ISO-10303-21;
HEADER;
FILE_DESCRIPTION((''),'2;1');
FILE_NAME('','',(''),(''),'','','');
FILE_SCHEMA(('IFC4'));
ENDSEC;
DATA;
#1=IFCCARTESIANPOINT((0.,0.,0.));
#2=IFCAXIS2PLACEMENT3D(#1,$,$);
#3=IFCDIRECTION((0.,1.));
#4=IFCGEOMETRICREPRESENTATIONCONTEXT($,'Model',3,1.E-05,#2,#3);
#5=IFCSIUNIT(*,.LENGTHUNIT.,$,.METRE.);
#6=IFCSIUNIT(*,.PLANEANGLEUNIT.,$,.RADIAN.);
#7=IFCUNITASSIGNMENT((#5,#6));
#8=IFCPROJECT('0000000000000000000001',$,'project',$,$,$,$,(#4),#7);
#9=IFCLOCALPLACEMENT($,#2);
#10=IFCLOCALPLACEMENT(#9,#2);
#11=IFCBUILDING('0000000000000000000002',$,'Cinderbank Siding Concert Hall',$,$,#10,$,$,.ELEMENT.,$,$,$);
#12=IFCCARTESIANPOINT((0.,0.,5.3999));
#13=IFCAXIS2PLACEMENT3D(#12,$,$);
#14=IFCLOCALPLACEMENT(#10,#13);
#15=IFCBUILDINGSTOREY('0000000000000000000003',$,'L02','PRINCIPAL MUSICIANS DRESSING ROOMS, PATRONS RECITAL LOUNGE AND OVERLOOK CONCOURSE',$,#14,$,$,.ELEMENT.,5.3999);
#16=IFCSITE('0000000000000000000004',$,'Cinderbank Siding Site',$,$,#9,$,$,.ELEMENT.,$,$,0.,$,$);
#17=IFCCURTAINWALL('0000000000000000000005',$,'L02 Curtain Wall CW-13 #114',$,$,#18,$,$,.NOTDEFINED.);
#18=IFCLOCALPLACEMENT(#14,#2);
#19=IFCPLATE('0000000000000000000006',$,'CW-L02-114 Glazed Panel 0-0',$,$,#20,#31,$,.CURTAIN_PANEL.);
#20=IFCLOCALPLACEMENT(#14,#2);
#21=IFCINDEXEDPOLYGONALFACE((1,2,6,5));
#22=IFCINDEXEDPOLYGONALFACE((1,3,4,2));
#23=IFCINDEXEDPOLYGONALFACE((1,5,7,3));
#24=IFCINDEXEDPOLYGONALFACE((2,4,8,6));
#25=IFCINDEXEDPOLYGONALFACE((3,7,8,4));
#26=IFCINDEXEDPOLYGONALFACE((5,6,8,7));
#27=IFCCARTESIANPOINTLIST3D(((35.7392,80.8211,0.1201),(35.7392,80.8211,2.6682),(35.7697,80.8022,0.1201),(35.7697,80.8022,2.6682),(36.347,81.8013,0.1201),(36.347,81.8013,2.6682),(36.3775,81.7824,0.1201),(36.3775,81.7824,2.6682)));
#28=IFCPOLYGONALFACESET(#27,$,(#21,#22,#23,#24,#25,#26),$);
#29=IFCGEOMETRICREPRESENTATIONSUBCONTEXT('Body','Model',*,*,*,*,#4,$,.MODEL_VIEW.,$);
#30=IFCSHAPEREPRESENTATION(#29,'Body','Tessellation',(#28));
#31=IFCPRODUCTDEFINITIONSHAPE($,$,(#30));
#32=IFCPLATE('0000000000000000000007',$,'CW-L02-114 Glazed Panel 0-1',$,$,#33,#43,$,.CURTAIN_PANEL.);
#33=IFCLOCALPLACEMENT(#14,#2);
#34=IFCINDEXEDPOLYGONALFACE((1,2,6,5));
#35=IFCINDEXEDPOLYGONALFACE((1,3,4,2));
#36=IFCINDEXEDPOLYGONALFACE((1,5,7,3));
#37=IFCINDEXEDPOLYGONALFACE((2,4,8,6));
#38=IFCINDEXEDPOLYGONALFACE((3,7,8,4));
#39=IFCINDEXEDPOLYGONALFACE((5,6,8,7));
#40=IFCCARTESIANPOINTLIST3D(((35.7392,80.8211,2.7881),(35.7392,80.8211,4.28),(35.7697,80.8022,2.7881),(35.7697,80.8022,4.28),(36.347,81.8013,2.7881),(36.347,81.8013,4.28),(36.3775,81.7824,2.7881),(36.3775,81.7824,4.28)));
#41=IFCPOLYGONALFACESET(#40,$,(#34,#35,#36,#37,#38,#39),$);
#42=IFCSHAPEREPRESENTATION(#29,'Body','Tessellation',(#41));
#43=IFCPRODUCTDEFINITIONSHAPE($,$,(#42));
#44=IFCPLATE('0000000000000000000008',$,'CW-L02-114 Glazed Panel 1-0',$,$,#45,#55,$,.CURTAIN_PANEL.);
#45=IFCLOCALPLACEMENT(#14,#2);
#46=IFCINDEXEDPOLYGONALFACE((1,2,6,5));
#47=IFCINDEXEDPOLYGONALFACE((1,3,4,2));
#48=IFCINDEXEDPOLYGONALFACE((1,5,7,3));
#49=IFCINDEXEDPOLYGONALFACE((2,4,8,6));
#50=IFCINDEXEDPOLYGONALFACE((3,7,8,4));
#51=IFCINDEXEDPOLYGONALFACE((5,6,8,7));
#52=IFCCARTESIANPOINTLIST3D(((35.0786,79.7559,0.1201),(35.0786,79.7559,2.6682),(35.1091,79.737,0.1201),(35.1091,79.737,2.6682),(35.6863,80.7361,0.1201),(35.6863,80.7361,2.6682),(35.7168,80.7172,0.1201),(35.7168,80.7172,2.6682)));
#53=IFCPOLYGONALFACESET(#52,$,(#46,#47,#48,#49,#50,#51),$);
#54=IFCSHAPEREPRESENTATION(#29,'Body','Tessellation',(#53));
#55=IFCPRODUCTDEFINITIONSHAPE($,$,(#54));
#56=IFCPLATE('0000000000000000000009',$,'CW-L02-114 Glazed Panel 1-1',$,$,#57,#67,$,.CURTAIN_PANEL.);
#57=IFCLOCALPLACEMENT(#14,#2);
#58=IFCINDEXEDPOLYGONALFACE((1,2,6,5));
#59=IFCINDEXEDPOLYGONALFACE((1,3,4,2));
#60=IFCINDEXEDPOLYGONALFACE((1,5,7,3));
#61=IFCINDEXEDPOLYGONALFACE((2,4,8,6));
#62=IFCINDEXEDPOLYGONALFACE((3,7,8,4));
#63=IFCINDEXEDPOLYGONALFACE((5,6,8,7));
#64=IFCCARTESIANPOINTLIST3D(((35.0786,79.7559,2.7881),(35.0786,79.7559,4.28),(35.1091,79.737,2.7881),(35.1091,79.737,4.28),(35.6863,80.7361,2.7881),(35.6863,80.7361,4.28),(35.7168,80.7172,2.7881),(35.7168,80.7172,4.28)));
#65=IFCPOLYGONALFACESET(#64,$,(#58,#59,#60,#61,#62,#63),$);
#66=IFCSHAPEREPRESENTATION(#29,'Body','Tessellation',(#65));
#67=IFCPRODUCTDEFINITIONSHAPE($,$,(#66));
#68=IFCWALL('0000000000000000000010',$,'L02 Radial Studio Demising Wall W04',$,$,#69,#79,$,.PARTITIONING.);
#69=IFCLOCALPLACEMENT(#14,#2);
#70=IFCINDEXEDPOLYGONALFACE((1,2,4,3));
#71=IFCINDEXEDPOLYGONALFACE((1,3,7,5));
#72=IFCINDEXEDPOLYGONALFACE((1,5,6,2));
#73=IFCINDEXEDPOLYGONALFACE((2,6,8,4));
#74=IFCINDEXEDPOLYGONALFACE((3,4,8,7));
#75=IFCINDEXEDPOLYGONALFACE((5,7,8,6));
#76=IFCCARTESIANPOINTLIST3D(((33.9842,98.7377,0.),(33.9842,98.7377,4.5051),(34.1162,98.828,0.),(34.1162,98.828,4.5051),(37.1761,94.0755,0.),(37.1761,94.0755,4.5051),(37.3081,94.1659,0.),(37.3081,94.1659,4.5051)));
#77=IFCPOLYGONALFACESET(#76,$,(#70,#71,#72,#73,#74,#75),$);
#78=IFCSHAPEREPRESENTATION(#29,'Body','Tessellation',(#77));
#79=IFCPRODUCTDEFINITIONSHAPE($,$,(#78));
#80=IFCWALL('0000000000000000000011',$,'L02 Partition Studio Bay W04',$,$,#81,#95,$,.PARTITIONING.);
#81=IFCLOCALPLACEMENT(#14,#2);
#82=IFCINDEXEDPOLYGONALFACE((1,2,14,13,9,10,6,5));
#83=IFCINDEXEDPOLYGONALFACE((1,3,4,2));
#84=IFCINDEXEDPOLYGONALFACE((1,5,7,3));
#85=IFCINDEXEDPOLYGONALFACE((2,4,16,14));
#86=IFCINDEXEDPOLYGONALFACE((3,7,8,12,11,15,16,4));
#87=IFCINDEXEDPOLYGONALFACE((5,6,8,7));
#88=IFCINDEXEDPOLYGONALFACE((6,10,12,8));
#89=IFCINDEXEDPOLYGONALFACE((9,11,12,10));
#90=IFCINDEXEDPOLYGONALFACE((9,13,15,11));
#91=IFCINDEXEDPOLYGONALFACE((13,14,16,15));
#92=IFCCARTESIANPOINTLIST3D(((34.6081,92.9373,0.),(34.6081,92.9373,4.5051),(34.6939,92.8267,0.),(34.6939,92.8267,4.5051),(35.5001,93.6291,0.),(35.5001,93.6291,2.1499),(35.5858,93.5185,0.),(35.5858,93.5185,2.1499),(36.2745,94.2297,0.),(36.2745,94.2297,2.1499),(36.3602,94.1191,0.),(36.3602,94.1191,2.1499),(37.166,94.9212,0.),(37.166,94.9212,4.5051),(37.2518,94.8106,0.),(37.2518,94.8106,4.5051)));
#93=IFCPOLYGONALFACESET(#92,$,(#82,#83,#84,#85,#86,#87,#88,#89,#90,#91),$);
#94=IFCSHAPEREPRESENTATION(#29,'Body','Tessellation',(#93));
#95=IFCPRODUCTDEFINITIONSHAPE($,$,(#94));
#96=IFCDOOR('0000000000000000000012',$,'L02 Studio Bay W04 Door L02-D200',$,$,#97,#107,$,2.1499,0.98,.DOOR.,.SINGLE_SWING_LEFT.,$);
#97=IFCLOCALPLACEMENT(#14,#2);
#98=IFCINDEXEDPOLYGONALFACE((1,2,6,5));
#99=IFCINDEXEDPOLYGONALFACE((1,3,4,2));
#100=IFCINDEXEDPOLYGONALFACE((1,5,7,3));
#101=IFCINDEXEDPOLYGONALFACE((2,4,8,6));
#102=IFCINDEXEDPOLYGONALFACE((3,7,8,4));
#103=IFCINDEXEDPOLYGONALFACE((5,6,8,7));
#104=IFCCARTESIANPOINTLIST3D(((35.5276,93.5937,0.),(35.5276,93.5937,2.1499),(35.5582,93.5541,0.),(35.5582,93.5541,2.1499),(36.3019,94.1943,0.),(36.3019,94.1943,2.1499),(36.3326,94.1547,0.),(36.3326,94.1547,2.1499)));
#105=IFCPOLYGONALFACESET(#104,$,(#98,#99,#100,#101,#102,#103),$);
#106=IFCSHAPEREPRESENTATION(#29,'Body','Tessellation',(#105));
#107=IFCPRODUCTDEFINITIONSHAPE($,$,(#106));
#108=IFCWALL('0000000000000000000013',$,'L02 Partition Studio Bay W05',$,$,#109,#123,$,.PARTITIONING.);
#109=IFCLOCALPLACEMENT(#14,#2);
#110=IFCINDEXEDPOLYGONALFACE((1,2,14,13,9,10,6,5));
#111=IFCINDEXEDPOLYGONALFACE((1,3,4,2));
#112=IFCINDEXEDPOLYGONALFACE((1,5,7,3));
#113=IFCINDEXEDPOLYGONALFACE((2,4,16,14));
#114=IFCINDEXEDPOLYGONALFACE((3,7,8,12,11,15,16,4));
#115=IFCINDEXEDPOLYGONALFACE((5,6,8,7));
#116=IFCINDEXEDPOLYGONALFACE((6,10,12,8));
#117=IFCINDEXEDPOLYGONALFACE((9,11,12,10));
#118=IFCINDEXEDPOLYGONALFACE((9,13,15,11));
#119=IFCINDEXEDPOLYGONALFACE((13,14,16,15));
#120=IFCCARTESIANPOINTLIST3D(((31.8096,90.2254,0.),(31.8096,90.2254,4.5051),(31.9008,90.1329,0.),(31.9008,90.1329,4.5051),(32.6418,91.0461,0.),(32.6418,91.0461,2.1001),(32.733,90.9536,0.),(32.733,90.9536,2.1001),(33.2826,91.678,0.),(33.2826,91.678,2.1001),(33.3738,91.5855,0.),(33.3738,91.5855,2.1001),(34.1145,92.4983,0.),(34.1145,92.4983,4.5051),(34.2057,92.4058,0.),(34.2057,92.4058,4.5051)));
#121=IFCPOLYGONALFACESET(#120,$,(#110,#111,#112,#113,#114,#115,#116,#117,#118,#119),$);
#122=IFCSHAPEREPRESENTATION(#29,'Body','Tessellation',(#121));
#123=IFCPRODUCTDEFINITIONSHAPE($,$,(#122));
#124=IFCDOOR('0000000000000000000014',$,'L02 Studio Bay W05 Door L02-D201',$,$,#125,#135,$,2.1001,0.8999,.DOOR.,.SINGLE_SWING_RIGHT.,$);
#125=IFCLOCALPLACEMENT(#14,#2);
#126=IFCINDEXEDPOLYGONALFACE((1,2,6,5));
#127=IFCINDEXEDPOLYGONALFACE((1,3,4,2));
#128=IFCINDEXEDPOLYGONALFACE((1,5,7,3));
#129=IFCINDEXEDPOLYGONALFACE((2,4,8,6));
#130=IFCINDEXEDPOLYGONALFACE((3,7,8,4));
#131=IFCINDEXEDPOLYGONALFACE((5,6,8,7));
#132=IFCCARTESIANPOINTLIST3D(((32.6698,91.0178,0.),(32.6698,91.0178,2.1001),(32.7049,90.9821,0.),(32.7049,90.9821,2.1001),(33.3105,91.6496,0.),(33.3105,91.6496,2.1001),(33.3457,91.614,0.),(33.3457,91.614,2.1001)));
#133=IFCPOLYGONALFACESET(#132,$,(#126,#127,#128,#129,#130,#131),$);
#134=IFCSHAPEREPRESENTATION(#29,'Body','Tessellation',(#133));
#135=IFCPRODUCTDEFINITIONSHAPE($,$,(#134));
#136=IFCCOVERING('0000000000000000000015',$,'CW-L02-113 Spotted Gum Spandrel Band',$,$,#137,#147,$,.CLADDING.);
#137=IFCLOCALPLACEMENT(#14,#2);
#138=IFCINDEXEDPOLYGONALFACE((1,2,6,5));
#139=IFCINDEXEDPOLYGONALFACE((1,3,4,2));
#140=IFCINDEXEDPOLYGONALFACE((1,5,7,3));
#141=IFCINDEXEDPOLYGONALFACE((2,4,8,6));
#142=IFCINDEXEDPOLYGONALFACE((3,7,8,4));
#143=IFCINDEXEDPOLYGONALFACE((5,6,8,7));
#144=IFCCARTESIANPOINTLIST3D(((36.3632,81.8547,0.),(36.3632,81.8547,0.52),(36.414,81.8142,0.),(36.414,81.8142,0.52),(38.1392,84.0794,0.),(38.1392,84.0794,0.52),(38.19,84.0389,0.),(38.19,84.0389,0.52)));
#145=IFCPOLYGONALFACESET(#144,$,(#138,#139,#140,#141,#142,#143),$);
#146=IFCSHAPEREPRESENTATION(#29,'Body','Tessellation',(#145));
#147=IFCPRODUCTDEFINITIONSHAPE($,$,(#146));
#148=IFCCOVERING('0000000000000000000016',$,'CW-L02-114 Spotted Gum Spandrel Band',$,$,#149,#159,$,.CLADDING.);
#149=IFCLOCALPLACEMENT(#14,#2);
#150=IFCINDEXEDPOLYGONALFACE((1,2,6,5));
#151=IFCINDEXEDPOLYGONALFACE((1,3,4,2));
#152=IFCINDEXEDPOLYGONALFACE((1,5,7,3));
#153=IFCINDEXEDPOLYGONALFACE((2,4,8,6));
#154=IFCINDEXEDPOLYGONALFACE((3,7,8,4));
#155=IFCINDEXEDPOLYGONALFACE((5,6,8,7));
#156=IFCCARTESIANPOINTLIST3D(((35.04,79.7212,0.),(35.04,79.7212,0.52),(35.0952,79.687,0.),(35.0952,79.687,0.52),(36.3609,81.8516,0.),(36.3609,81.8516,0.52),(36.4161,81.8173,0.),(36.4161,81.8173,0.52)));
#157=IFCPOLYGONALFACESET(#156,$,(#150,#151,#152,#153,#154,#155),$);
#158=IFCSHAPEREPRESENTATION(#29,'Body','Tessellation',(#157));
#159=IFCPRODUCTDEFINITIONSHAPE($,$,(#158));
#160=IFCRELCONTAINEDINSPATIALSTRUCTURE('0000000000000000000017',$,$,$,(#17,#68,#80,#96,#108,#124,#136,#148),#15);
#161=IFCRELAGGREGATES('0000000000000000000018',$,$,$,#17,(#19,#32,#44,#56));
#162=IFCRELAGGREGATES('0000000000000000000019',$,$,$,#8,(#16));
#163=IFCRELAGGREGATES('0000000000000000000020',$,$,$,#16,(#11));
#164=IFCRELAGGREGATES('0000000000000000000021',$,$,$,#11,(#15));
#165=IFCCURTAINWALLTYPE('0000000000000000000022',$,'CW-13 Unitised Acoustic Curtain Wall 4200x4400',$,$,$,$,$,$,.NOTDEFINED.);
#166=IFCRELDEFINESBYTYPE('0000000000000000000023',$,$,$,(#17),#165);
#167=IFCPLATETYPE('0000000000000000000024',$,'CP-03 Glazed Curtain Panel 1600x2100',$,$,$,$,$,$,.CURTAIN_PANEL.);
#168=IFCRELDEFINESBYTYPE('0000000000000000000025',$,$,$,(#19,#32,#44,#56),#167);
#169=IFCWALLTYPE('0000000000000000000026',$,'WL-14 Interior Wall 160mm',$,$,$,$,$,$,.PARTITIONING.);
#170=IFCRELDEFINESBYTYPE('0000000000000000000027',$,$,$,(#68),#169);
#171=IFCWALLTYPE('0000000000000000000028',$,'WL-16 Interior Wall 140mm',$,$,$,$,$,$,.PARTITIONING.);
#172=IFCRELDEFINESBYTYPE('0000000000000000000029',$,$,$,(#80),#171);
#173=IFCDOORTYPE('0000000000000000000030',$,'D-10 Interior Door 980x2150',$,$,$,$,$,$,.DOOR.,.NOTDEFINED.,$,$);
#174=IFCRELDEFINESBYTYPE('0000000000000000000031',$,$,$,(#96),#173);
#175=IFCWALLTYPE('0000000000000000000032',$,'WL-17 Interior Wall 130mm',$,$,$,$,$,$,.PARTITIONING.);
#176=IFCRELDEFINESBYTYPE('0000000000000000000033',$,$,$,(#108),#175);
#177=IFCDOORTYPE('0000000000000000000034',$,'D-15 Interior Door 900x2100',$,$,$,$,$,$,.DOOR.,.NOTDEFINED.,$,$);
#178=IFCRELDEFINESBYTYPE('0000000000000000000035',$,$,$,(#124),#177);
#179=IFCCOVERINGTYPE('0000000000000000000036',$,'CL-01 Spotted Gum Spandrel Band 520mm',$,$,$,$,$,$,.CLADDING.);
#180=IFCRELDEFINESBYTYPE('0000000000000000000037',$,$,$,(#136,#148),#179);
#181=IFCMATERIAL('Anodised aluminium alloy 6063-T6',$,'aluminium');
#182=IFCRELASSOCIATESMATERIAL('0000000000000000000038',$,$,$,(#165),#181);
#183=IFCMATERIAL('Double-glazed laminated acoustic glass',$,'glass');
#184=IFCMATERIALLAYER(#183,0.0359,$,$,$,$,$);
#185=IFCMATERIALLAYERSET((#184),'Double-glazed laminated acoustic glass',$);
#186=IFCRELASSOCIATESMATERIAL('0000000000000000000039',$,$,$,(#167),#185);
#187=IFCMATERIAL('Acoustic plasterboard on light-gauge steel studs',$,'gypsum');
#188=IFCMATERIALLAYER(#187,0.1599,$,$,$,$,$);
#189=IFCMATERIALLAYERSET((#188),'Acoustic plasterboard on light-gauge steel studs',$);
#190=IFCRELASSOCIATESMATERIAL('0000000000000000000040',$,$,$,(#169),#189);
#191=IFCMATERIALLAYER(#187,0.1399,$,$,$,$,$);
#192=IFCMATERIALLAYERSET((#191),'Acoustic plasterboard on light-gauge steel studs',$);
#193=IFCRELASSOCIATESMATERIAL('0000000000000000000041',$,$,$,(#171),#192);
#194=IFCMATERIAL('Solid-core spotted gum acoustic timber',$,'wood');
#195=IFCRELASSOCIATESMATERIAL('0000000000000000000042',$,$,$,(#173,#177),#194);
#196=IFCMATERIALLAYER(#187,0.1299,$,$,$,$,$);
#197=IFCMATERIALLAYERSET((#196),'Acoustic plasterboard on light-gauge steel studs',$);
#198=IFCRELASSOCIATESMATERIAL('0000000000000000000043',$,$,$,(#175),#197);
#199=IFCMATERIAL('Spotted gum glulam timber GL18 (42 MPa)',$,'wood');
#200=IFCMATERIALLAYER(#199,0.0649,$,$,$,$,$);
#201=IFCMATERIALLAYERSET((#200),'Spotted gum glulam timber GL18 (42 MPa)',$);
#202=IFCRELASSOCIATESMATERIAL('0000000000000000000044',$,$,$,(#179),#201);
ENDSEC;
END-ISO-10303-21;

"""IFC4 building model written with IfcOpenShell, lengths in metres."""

from ifc_helpers import new_model, si_unit, direction, frame, frame_2d, origin, origin_2d, place, context, subcontext, project, spatial, rectangle, extrude, material, layer, layer_set, type_object, element, fill, aggregate, save


model = new_model("IFC4")

# Units and contexts
model_context = context("Model", 3, precision=1e-05, world=origin(), true_north=direction((0.0, 1.0)))
body_context = subcontext(model_context, "Body", "Model", "MODEL_VIEW")
ifc_project = project(units=[si_unit("LENGTHUNIT", "METRE"), si_unit("PLANEANGLEUNIT", "RADIAN")], contexts=[model_context])

# Site, building, storey
site_placement = place(None, origin())
site = spatial("IfcSite", under=ifc_project, at=site_placement, Name="Cinderbank Siding Site", CompositionType="ELEMENT", RefElevation=0.0)
building_placement = place(site_placement, origin())
building = spatial("IfcBuilding", under=site, at=building_placement, Name="Cinderbank Siding Concert Hall", CompositionType="ELEMENT")
storey_placement = place(building_placement, frame((0.0, 0.0, 5.3999)))
storey = spatial("IfcBuildingStorey", under=building, at=storey_placement, Name="L02", Description="PRINCIPAL MUSICIANS DRESSING ROOMS, PATRONS RECITAL LOUNGE AND OVERLOOK CONCOURSE", CompositionType="ELEMENT", Elevation=5.3999)

# Curtain wall
ifc_material_1 = material(Name="Anodised aluminium alloy 6063-T6", Category="aluminium")
curtain_wall_type_1 = type_object("IfcCurtainWallType", Name="CW-13 Unitised Acoustic Curtain Wall 4200x4400", PredefinedType="NOTDEFINED", material=ifc_material_1)
curtain_wall_1_placement = place(storey_placement, origin())
curtain_wall_1 = element("IfcCurtainWall", 1, at=curtain_wall_1_placement, inside=storey, type_object=curtain_wall_type_1, Name="L02 Curtain Wall CW-13 #114", PredefinedType="NOTDEFINED")

# Shared definitions
ifc_material_2 = material(Name="Spotted gum glulam timber GL18 (42 MPa)", Category="wood")

# Plates
ifc_material_3 = material(Name="Double-glazed laminated acoustic glass", Category="glass")
ifc_layer_1 = layer(ifc_material_3, 0.0359)
ifc_layer_set_1 = layer_set([ifc_layer_1], Name="Double-glazed laminated acoustic glass")
plate_type_1 = type_object("IfcPlateType", Name="CP-03 Glazed Curtain Panel 1600x2100", PredefinedType="CURTAIN_PANEL", material=ifc_layer_set_1)
plate_1_placement = place(storey_placement, frame((36.0583, 81.3018, 0.1201), z_axis=(0.0, 0.0, 1.0), x_axis=(-0.526958, -0.849891, 0.0)))
plate_1 = element("IfcPlate", 2, at=plate_1_placement, type_object=plate_type_1, Name="CW-L02-114 Glazed Panel 0-0", PredefinedType="CURTAIN_PANEL", context=body_context, shape_type="SweptSolid", body=[
    extrude(rectangle(XDim=1.1533, YDim=0.0359, at=origin_2d()), origin(), (0.0, 0.0, 1.0), 2.5481),
])
plate_2_placement = place(storey_placement, frame((36.0583, 81.3018, 2.7881), z_axis=(0.0, 0.0, 1.0), x_axis=(-0.526958, -0.849891, 0.0)))
plate_2 = element("IfcPlate", 3, at=plate_2_placement, type_object=plate_type_1, Name="CW-L02-114 Glazed Panel 0-1", PredefinedType="CURTAIN_PANEL", context=body_context, shape_type="SweptSolid", body=[
    extrude(rectangle(XDim=1.1533, YDim=0.0359, at=origin_2d()), origin(), (0.0, 0.0, 1.0), 1.4919),
])
plate_3_placement = place(storey_placement, frame((35.3977, 80.2366, 0.1201), z_axis=(0.0, 0.0, 1.0), x_axis=(-0.526958, -0.849891, 0.0)))
plate_3 = element("IfcPlate", 4, at=plate_3_placement, type_object=plate_type_1, Name="CW-L02-114 Glazed Panel 1-0", PredefinedType="CURTAIN_PANEL", context=body_context, shape_type="SweptSolid", body=[
    extrude(rectangle(XDim=1.1533, YDim=0.0359, at=origin_2d()), origin(), (0.0, 0.0, 1.0), 2.5481),
])
plate_4_placement = place(storey_placement, frame((35.3977, 80.2366, 2.7881), z_axis=(0.0, 0.0, 1.0), x_axis=(-0.526958, -0.849891, 0.0)))
plate_4 = element("IfcPlate", 5, at=plate_4_placement, type_object=plate_type_1, Name="CW-L02-114 Glazed Panel 1-1", PredefinedType="CURTAIN_PANEL", context=body_context, shape_type="SweptSolid", body=[
    extrude(rectangle(XDim=1.1533, YDim=0.0359, at=origin_2d()), origin(), (0.0, 0.0, 1.0), 1.4919),
])
aggregate(curtain_wall_1, [plate_1, plate_2, plate_3, plate_4])

# Wall
ifc_material_4 = material(Name="Acoustic plasterboard on light-gauge steel studs", Category="gypsum")
ifc_layer_2 = layer(ifc_material_4, 0.1599)
ifc_layer_set_2 = layer_set([ifc_layer_2], Name="Acoustic plasterboard on light-gauge steel studs")
wall_type_1 = type_object("IfcWallType", Name="WL-14 Interior Wall 160mm", PredefinedType="PARTITIONING", material=ifc_layer_set_2)
wall_1_placement = place(storey_placement, frame((37.2422, 94.1206, 0.0), z_axis=(0.0, 0.0, 1.0), x_axis=(-0.564929, 0.82514, 0.0)))
element("IfcWall", 6, at=wall_1_placement, inside=storey, type_object=wall_type_1, Name="L02 Radial Studio Demising Wall W04", PredefinedType="PARTITIONING", context=body_context, shape_type="SweptSolid", body=[
    extrude(rectangle(XDim=5.6501, YDim=0.1599, at=frame_2d((2.8252, 0.0))), origin(), (0.0, 0.0, 1.0), 4.5051),
])

# Walls, openings, doors
ifc_layer_3 = layer(ifc_material_4, 0.1399)
ifc_layer_set_3 = layer_set([ifc_layer_3], Name="Acoustic plasterboard on light-gauge steel studs")
wall_type_2 = type_object("IfcWallType", Name="WL-16 Interior Wall 140mm", PredefinedType="PARTITIONING", material=ifc_layer_set_3)
wall_2_placement = place(storey_placement, frame((37.209, 94.866, 0.0), z_axis=(0.0, 0.0, 1.0), x_axis=(-0.790184, -0.61287, 0.0)))
wall_2 = element("IfcWall", 7, at=wall_2_placement, inside=storey, type_object=wall_type_2, Name="L02 Partition Studio Bay W04", PredefinedType="PARTITIONING", context=body_context, shape_type="SweptSolid", body=[
    extrude(rectangle(XDim=3.2371, YDim=0.1399, at=frame_2d((1.6187, 0.0))), origin(), (0.0, 0.0, 1.0), 4.5051),
])
opening_1_placement = place(wall_2_placement, frame((1.1284, 0.0, 0.0)))
opening_1 = element("IfcOpeningElement", 8, at=opening_1_placement, cuts=wall_2, PredefinedType="OPENING", context=body_context, shape_type="SweptSolid", body=[
    extrude(rectangle(XDim=0.98, YDim=2.1499, at=frame_2d((0.49, 1.075))), frame((0.0, 0.082, 0.0), z_axis=(0.0, -1.0, 0.0), x_axis=(1.0, 0.0, 0.0)), (0.0, 0.0, 1.0), 0.1638),
])
ifc_material_5 = material(Name="Solid-core spotted gum acoustic timber", Category="wood")
door_type_1 = type_object("IfcDoorType", Name="D-10 Interior Door 980x2150", OperationType="NOTDEFINED", PredefinedType="DOOR", material=ifc_material_5)
door_1_placement = place(opening_1_placement, origin())
door_1 = element("IfcDoor", 9, at=door_1_placement, inside=storey, type_object=door_type_1, Name="L02 Studio Bay W04 Door L02-D200", OperationType="SINGLE_SWING_LEFT", OverallHeight=2.1499, OverallWidth=0.98, PredefinedType="DOOR", context=body_context, shape_type="SweptSolid", body=[
    extrude(rectangle(XDim=0.98, YDim=2.1499, at=frame_2d((0.49, 1.075))), frame((0.0, 0.0249, 0.0), z_axis=(0.0, -1.0, 0.0), x_axis=(1.0, 0.0, 0.0)), (0.0, 0.0, 1.0), 0.05),
])
fill(opening_1, door_1)
ifc_layer_4 = layer(ifc_material_4, 0.1299)
ifc_layer_set_4 = layer_set([ifc_layer_4], Name="Acoustic plasterboard on light-gauge steel studs")
wall_type_3 = type_object("IfcWallType", Name="WL-17 Interior Wall 130mm", PredefinedType="PARTITIONING", material=ifc_layer_set_4)
wall_3_placement = place(storey_placement, frame((34.1602, 92.4521, 0.0), z_axis=(0.0, 0.0, 1.0), x_axis=(-0.712029, -0.70215, 0.0)))
wall_3 = element("IfcWall", 10, at=wall_3_placement, inside=storey, type_object=wall_type_3, Name="L02 Partition Studio Bay W05", PredefinedType="PARTITIONING", context=body_context, shape_type="SweptSolid", body=[
    extrude(rectangle(XDim=3.2371, YDim=0.1299, at=frame_2d((1.6187, 0.0))), origin(), (0.0, 0.0, 1.0), 4.5051),
])
opening_2_placement = place(wall_3_placement, frame((1.1685, 0.0, 0.0)))
opening_2 = element("IfcOpeningElement", 11, at=opening_2_placement, cuts=wall_3, PredefinedType="OPENING", context=body_context, shape_type="SweptSolid", body=[
    extrude(rectangle(XDim=0.8999, YDim=2.1001, at=frame_2d((0.45, 1.05))), frame((0.0, 0.0769, 0.0), z_axis=(0.0, -1.0, 0.0), x_axis=(1.0, 0.0, 0.0)), (0.0, 0.0, 1.0), 0.1538),
])
door_type_2 = type_object("IfcDoorType", Name="D-15 Interior Door 900x2100", OperationType="NOTDEFINED", PredefinedType="DOOR", material=ifc_material_5)
door_2_placement = place(opening_2_placement, origin())
door_2 = element("IfcDoor", 12, at=door_2_placement, inside=storey, type_object=door_type_2, Name="L02 Studio Bay W05 Door L02-D201", OperationType="SINGLE_SWING_RIGHT", OverallHeight=2.1001, OverallWidth=0.8999, PredefinedType="DOOR", context=body_context, shape_type="SweptSolid", body=[
    extrude(rectangle(XDim=0.8999, YDim=2.1001, at=frame_2d((0.45, 1.05))), frame((0.0, 0.0249, 0.0), z_axis=(0.0, -1.0, 0.0), x_axis=(1.0, 0.0, 0.0)), (0.0, 0.0, 1.0), 0.05),
])
fill(opening_2, door_2)

# Coverings
ifc_layer_5 = layer(ifc_material_2, 0.0649)
ifc_layer_set_5 = layer_set([ifc_layer_5], Name="Spotted gum glulam timber GL18 (42 MPa)")
covering_type = type_object("IfcCoveringType", Name="CL-01 Spotted Gum Spandrel Band 520mm", PredefinedType="CLADDING", material=ifc_layer_set_5)
covering_1_placement = place(storey_placement, frame((37.2766, 82.9468, 0.0), z_axis=(0.0, 0.0, 1.0), x_axis=(-0.623889, -0.781513, 0.0)))
element("IfcCovering", 13, at=covering_1_placement, inside=storey, type_object=covering_type, Name="CW-L02-113 Spotted Gum Spandrel Band", PredefinedType="CLADDING", context=body_context, shape_type="SweptSolid", body=[
    extrude(rectangle(XDim=2.8467, YDim=0.0649, at=origin_2d()), origin(), (0.0, 0.0, 1.0), 0.52),
])
covering_2_placement = place(storey_placement, frame((35.728, 80.7693, 0.0), z_axis=(0.0, 0.0, 1.0), x_axis=(-0.526958, -0.849891, 0.0)))
element("IfcCovering", 14, at=covering_2_placement, inside=storey, type_object=covering_type, Name="CW-L02-114 Spotted Gum Spandrel Band", PredefinedType="CLADDING", context=body_context, shape_type="SweptSolid", body=[
    extrude(rectangle(XDim=2.5066, YDim=0.0649, at=origin_2d()), origin(), (0.0, 0.0, 1.0), 0.52),
])

save(model, "model.ifc")
